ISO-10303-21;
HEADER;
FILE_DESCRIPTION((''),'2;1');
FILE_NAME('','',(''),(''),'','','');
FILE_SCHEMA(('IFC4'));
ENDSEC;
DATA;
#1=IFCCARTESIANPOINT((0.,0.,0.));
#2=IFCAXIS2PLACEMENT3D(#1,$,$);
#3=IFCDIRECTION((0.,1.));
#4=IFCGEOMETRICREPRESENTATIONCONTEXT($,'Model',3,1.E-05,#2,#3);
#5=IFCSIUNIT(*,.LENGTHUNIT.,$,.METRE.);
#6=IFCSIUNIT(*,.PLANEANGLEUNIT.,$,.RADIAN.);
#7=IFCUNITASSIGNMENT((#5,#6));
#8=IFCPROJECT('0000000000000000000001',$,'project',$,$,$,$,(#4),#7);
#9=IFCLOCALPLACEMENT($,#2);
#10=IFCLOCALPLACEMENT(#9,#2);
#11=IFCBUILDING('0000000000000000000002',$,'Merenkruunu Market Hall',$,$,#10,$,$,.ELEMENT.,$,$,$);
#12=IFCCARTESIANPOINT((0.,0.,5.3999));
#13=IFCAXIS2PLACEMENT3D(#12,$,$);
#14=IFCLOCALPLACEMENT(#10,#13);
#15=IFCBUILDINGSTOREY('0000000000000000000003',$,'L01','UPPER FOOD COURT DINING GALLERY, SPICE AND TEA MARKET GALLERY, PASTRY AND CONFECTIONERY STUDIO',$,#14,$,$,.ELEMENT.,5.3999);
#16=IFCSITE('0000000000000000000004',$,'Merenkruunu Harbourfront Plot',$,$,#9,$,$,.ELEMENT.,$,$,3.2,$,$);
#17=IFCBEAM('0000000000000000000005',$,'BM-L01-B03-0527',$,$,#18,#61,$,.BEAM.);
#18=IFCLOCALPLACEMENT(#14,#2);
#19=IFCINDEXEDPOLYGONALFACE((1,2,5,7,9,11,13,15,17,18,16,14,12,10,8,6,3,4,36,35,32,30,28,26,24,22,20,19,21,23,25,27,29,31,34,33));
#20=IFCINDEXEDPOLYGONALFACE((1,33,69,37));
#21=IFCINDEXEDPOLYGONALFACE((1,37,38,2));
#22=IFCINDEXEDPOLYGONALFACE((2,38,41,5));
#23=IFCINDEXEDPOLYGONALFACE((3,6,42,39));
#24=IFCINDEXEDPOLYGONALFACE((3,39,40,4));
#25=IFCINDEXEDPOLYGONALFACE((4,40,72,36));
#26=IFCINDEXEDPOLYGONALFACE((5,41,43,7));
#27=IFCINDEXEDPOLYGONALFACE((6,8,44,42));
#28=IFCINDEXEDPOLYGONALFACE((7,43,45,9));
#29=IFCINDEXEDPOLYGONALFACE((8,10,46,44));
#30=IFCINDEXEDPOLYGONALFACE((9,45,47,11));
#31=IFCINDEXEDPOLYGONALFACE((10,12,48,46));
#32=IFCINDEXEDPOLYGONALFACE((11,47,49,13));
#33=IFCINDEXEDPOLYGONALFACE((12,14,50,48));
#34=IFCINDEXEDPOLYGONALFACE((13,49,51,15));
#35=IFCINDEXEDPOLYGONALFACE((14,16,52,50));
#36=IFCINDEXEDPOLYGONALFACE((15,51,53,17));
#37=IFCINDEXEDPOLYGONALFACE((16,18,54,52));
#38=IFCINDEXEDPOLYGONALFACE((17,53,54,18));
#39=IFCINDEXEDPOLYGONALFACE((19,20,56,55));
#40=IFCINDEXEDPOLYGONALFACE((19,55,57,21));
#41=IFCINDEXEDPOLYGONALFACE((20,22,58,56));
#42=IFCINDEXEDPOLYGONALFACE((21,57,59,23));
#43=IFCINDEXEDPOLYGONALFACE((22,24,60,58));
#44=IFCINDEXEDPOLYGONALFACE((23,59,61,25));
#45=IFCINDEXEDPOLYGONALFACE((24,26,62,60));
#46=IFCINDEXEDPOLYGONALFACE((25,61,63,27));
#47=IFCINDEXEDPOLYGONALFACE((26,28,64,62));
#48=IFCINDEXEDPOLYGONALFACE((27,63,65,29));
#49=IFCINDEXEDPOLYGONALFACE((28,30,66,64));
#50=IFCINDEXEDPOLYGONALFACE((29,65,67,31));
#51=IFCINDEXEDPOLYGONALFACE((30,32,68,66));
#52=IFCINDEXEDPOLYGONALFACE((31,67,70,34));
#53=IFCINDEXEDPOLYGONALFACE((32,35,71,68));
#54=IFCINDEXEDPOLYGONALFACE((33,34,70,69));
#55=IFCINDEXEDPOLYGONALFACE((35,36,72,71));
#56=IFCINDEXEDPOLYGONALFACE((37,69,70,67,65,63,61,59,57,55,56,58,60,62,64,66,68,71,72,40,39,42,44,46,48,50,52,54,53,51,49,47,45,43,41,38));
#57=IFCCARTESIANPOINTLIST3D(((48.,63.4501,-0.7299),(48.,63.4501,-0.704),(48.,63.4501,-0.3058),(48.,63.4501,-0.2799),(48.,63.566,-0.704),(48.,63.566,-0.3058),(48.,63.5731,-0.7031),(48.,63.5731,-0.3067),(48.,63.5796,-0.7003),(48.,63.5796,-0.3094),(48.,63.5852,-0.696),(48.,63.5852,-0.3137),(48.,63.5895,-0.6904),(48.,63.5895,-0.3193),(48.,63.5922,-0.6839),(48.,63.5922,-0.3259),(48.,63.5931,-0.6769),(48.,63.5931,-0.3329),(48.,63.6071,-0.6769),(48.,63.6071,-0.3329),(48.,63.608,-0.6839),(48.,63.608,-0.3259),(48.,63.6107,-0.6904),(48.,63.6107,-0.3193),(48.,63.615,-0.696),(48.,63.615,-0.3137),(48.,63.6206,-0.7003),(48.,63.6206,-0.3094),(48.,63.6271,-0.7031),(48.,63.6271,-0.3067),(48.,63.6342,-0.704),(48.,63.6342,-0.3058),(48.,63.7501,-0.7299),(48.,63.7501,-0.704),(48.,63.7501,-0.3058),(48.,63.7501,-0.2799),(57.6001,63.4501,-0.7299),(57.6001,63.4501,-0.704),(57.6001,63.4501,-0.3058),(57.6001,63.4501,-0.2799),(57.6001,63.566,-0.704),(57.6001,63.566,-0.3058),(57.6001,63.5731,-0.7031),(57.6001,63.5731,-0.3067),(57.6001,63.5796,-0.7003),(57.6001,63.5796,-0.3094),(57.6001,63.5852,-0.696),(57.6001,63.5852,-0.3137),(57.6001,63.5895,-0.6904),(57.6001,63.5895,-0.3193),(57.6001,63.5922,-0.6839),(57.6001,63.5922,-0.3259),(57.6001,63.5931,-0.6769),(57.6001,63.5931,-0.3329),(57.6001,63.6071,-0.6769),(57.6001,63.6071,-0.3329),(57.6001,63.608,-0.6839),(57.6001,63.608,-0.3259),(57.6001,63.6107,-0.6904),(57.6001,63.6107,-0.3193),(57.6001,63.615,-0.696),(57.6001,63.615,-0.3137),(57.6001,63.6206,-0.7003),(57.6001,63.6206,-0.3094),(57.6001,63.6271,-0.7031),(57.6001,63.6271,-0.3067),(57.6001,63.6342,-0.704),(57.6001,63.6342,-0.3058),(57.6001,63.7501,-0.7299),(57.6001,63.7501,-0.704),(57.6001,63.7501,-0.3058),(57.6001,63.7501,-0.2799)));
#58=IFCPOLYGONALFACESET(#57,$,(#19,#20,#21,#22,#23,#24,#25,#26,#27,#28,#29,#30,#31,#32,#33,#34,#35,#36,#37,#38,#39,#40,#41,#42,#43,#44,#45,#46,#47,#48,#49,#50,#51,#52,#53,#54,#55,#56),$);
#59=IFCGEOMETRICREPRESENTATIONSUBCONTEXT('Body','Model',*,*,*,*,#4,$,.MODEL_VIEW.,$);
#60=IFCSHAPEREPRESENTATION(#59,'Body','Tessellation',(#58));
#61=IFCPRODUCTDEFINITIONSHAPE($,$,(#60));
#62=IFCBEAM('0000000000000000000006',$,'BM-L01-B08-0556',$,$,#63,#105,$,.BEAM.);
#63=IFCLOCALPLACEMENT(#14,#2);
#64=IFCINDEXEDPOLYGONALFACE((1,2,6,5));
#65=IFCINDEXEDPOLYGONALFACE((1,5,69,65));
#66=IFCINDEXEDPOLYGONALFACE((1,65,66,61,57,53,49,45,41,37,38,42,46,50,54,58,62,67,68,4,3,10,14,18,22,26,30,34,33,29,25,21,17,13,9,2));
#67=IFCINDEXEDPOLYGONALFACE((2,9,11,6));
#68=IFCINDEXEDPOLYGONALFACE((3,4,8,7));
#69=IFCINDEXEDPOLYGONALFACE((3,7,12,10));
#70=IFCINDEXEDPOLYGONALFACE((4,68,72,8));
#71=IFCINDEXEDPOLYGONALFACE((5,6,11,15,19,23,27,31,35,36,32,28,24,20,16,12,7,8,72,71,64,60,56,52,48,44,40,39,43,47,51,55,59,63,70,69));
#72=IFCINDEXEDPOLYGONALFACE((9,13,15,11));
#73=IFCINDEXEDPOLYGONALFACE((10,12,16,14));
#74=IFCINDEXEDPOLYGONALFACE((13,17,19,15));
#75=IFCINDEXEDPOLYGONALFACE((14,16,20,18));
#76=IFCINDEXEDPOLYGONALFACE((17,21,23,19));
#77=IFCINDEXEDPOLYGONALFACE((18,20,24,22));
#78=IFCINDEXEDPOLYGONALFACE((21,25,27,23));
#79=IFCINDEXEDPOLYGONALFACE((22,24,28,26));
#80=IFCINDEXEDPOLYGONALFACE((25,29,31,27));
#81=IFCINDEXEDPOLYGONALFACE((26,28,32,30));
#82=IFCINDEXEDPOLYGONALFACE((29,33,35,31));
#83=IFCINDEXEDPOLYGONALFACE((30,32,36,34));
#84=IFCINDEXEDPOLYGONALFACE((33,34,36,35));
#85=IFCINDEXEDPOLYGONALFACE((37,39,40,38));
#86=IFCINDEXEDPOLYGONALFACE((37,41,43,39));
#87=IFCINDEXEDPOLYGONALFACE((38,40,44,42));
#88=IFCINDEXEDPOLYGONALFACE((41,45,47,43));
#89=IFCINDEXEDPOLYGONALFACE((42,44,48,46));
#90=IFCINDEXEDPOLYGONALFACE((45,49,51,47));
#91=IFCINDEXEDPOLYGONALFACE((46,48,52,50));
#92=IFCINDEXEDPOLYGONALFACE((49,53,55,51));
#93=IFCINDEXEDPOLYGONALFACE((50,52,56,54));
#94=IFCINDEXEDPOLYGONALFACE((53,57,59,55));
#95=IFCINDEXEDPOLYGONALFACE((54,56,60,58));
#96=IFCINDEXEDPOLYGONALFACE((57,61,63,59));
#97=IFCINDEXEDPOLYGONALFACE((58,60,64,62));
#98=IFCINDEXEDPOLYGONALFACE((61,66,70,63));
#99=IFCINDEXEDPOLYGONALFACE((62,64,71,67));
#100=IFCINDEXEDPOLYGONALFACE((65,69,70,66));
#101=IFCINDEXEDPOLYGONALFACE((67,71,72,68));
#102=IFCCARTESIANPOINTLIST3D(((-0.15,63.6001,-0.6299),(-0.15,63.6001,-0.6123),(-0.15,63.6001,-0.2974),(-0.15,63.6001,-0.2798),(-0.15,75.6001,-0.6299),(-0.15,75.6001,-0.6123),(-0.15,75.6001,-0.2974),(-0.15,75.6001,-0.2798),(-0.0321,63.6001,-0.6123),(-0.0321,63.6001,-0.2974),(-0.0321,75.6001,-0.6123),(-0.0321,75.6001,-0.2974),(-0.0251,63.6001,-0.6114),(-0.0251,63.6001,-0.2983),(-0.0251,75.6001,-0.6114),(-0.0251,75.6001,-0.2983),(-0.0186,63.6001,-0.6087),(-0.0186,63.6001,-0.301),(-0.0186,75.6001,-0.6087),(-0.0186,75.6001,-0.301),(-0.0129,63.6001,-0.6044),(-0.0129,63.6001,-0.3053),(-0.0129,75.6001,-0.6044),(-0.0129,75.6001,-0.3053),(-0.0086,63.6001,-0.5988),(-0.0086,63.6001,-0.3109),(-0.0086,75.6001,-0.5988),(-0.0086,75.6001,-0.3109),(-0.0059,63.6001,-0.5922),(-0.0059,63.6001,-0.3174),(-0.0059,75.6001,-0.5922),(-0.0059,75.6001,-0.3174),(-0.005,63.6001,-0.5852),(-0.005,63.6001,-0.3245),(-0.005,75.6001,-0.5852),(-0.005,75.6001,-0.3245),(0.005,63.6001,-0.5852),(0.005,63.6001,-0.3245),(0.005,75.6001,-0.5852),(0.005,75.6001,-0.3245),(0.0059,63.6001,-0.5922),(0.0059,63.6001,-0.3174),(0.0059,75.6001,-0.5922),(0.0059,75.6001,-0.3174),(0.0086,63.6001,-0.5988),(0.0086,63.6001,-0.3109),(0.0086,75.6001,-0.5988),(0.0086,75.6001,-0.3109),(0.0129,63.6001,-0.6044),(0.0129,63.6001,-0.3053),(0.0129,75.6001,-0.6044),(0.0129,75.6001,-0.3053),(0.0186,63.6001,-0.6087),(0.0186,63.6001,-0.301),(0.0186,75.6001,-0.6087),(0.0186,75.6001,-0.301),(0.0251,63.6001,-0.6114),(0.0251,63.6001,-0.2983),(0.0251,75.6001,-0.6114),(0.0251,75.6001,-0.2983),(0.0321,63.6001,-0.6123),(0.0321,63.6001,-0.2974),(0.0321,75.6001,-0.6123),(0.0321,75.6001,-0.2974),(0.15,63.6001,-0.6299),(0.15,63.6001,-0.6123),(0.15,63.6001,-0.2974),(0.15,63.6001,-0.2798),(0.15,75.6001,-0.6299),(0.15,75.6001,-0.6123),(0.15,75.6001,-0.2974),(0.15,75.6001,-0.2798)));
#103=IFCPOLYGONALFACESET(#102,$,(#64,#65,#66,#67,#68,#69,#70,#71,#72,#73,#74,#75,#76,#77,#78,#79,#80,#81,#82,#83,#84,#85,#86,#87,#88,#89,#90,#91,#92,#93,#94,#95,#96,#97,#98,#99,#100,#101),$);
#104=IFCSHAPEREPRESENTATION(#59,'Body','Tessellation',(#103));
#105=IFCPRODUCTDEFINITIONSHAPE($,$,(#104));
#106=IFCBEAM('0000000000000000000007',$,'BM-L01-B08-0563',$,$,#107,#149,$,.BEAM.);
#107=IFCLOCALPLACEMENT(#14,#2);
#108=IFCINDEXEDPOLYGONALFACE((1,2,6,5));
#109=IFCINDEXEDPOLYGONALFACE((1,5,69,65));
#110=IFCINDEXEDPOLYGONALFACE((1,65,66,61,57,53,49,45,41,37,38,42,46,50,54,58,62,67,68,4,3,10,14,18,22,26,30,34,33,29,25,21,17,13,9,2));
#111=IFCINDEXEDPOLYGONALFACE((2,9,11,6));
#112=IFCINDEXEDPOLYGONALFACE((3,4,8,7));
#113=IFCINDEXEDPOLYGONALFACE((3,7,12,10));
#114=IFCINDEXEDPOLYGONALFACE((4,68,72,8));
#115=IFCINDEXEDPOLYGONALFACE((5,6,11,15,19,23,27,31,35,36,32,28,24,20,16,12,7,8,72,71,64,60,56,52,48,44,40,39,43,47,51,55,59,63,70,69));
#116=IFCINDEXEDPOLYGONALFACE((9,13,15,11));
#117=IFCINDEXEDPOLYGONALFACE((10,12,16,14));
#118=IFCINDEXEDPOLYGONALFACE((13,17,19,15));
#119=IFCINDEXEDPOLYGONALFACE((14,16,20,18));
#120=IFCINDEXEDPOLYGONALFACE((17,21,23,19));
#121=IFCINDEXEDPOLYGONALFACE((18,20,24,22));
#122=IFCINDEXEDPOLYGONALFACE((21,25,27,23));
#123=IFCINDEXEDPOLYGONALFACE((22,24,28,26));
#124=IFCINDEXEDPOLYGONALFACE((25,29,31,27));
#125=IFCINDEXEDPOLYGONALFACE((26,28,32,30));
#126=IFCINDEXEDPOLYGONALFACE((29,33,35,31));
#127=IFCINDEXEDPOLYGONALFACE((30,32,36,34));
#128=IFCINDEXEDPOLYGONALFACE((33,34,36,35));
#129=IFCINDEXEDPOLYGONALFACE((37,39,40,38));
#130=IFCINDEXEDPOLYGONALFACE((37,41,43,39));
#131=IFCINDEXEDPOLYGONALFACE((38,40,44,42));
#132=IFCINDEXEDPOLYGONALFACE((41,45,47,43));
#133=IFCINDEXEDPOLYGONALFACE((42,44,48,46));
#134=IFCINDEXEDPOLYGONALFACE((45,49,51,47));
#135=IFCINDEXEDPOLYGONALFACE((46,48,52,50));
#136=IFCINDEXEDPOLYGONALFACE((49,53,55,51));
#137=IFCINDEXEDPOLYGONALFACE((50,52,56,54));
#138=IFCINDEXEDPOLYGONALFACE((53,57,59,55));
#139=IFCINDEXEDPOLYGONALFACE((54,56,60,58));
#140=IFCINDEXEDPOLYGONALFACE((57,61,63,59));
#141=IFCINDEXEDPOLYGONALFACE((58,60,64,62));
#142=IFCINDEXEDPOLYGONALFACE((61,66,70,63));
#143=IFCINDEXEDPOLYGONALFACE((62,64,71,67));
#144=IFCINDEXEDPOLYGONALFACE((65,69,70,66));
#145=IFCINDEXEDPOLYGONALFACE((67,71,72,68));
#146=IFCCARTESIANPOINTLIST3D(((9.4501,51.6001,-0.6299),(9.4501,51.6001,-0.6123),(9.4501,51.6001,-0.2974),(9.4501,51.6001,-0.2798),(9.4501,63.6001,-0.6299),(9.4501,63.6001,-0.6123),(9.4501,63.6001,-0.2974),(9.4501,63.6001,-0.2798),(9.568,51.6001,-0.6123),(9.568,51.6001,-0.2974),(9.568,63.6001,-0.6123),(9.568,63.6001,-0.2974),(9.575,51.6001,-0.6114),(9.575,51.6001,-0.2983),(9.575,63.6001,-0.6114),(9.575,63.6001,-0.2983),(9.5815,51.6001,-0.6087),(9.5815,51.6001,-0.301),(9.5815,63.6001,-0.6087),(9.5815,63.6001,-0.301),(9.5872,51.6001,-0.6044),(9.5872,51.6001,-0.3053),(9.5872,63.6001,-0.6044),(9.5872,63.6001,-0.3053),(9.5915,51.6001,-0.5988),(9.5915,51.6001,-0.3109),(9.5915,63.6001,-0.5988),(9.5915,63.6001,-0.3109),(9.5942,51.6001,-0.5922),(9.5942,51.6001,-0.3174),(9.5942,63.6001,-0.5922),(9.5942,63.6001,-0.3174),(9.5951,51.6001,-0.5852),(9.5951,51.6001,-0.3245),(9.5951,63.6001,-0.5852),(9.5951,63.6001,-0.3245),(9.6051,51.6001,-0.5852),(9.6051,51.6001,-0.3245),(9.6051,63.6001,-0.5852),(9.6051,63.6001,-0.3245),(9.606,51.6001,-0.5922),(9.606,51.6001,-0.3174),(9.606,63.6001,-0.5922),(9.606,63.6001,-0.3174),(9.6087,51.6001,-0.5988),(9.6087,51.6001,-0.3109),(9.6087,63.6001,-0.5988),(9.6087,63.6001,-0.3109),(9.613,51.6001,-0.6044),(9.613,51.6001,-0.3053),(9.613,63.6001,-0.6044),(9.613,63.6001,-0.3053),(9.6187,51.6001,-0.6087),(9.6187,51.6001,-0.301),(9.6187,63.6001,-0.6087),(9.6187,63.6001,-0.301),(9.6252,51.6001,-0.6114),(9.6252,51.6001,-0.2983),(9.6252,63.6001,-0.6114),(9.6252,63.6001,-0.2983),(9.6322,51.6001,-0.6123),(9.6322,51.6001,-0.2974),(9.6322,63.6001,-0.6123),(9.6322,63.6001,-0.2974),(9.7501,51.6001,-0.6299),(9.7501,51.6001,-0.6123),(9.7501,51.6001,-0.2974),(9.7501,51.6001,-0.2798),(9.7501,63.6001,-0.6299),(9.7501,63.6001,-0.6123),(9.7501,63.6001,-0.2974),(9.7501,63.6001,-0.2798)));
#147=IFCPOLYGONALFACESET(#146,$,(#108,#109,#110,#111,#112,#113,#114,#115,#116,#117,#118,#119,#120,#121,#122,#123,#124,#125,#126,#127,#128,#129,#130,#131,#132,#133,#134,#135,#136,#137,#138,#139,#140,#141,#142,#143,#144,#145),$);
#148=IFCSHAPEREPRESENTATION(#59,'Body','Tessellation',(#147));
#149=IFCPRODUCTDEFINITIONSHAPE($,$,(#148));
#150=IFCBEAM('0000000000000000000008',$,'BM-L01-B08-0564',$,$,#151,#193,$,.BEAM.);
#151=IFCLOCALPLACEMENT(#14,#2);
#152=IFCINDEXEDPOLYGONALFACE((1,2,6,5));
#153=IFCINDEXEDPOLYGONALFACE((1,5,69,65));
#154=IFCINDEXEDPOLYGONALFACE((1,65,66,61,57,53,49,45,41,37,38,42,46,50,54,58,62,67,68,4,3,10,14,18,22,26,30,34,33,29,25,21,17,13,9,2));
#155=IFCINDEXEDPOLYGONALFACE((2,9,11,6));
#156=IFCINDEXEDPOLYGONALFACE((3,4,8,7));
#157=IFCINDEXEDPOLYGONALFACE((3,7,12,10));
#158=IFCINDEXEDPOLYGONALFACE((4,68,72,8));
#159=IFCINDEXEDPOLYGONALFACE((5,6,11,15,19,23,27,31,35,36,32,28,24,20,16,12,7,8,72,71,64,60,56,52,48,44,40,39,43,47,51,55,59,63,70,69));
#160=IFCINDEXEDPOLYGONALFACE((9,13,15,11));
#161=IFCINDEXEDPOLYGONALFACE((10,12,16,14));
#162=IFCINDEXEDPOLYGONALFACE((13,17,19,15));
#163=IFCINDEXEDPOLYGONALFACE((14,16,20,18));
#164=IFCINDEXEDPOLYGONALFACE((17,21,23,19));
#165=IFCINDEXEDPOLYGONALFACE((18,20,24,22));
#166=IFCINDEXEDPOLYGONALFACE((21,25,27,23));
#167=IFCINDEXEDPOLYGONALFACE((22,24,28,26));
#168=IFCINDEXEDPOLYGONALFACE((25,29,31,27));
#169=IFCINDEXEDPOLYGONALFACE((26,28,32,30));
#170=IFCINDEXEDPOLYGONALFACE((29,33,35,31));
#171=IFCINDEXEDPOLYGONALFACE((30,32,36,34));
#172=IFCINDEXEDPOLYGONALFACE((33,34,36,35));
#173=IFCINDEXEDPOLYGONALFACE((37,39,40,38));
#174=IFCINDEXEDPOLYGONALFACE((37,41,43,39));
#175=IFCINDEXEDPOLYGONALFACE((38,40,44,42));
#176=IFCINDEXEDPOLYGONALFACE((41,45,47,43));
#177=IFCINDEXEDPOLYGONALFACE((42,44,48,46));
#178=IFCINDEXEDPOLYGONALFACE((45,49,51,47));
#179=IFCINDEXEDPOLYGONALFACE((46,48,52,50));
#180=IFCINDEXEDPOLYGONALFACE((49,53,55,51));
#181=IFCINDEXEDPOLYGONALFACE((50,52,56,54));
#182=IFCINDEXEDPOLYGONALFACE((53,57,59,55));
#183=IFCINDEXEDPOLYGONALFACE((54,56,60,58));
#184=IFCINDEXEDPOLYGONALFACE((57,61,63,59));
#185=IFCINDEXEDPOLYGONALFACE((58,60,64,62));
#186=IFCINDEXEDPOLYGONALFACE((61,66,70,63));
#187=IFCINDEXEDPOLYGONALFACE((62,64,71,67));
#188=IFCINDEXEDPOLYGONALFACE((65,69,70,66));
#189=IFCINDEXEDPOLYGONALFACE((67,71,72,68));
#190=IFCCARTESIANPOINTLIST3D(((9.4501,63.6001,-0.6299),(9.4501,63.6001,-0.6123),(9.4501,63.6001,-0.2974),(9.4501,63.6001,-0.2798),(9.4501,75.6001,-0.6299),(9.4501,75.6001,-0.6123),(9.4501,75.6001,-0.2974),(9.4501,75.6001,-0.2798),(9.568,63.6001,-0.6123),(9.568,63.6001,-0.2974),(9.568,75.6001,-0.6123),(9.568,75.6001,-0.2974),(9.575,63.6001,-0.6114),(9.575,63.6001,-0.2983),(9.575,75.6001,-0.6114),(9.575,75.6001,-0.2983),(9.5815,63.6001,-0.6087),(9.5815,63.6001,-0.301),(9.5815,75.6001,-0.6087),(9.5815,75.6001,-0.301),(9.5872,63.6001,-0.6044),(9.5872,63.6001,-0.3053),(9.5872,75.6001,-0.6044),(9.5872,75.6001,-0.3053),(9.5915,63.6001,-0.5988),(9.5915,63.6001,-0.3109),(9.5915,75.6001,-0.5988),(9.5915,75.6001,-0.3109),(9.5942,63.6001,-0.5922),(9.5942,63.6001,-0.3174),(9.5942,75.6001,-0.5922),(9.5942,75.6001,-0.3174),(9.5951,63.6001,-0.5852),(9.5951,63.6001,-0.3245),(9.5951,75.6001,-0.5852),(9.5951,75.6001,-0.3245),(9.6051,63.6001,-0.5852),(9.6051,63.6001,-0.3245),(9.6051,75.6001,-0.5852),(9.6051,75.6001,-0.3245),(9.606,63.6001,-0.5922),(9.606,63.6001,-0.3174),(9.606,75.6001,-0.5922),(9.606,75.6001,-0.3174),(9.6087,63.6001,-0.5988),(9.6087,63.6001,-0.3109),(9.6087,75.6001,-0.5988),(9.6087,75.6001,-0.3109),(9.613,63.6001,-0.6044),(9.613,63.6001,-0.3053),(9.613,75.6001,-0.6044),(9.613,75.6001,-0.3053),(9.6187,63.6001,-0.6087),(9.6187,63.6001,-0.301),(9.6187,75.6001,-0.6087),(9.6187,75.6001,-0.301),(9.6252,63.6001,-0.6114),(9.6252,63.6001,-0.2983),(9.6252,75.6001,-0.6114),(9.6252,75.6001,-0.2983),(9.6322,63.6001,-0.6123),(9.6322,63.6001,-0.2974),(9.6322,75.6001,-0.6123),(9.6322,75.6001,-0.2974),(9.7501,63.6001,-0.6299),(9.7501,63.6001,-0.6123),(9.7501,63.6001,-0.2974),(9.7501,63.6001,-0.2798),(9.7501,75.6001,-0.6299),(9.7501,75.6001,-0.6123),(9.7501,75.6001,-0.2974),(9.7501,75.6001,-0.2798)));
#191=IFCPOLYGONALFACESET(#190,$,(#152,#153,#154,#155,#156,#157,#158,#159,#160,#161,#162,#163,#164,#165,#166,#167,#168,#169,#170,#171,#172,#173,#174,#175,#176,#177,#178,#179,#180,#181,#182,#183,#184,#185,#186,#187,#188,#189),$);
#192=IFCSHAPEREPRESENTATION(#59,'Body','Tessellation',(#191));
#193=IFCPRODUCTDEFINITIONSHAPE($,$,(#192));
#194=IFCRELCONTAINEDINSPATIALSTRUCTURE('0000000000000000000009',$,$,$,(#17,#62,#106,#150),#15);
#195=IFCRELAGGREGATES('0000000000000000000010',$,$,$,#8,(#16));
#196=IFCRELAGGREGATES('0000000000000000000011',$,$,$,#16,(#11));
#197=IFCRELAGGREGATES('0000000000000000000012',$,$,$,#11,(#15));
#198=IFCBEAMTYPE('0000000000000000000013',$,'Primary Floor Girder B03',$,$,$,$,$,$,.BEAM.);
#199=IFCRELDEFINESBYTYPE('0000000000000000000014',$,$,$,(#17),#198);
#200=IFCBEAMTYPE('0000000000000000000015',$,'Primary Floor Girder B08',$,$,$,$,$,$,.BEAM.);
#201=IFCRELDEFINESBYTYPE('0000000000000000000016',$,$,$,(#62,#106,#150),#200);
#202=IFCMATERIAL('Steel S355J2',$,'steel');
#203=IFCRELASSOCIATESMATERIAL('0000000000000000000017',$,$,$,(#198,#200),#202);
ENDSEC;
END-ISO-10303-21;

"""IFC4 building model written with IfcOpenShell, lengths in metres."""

from ifc_helpers import new_model, si_unit, direction, frame, origin, origin_2d, place, context, subcontext, project, spatial, i_section, extrude, material, material_profile, profile_set, type_object, element, save


model = new_model("IFC4")

# Units and contexts
model_context = context("Model", 3, precision=1e-05, world=origin(), true_north=direction((0.0, 1.0)))
body_context = subcontext(model_context, "Body", "Model", "MODEL_VIEW")
ifc_project = project(units=[si_unit("LENGTHUNIT", "METRE"), si_unit("PLANEANGLEUNIT", "RADIAN")], contexts=[model_context])

# Site, building, storey
site_placement = place(None, origin())
site = spatial("IfcSite", under=ifc_project, at=site_placement, Name="Merenkruunu Harbourfront Plot", CompositionType="ELEMENT", RefElevation=3.2)
building_placement = place(site_placement, origin())
building = spatial("IfcBuilding", under=site, at=building_placement, Name="Merenkruunu Market Hall", CompositionType="ELEMENT")
storey_placement = place(building_placement, frame((0.0, 0.0, 5.3999)))
storey = spatial("IfcBuildingStorey", under=building, at=storey_placement, Name="L01", Description="UPPER FOOD COURT DINING GALLERY, SPICE AND TEA MARKET GALLERY, PASTRY AND CONFECTIONERY STUDIO", CompositionType="ELEMENT", Elevation=5.3999)

# Shared definitions
ifc_material_1 = material(Name="Steel S355J2", Category="steel")

# Beams
ifc_material_profile_1 = material_profile(ifc_material_1, i_section(OverallWidth=0.3, OverallDepth=0.45, WebThickness=0.0139, FlangeThickness=0.0259, FilletRadius=0.0271, at=origin_2d()), Name="HEB 450")
ifc_profile_set_1 = profile_set([ifc_material_profile_1], Name="Steel S355J2")
beam_type_1 = type_object("IfcBeamType", Name="Primary Floor Girder B03", PredefinedType="BEAM", material=ifc_profile_set_1)
for number, where, z_axis, x_axis, name in (
    (1, (48.0, 63.6001, -0.5049), (1.0, 0.0, 0.0), (0.0, 1.0, 0.0), "BM-L01-B03-0527"),
):
    element("IfcBeam", number, at=place(storey_placement, frame(where, z_axis=z_axis, x_axis=x_axis)), inside=storey, type_object=beam_type_1, Name=name, PredefinedType="BEAM", context=body_context, shape_type="SweptSolid", body=[
        extrude(i_section(OverallWidth=0.3, OverallDepth=0.45, WebThickness=0.0139, FlangeThickness=0.0259, FilletRadius=0.0271, at=origin_2d()), origin(), (0.0, 0.0, 1.0), 9.6001),
    ])
ifc_material_profile_2 = material_profile(ifc_material_1, i_section(OverallWidth=0.3, OverallDepth=0.3501, WebThickness=0.01, FlangeThickness=0.0176, FilletRadius=0.0271, at=origin_2d()), Name="HEA 360")
ifc_profile_set_2 = profile_set([ifc_material_profile_2], Name="Steel S355J2")
beam_type_2 = type_object("IfcBeamType", Name="Primary Floor Girder B08", PredefinedType="BEAM", material=ifc_profile_set_2)
for number, where, z_axis, x_axis, name in (
    (2, (0.0, 63.6001, -0.4548), (0.0, 1.0, 0.0), (-1.0, 0.0, 0.0), "BM-L01-B08-0556"),
    (3, (9.6001, 51.6001, -0.4548), (0.0, 1.0, 0.0), (-1.0, 0.0, 0.0), "BM-L01-B08-0563"),
    (4, (9.6001, 63.6001, -0.4548), (0.0, 1.0, 0.0), (-1.0, 0.0, 0.0), "BM-L01-B08-0564"),
):
    element("IfcBeam", number, at=place(storey_placement, frame(where, z_axis=z_axis, x_axis=x_axis)), inside=storey, type_object=beam_type_2, Name=name, PredefinedType="BEAM", context=body_context, shape_type="SweptSolid", body=[
        extrude(i_section(OverallWidth=0.3, OverallDepth=0.3501, WebThickness=0.01, FlangeThickness=0.0176, FilletRadius=0.0271, at=origin_2d()), origin(), (0.0, 0.0, 1.0), 12.0),
    ])

save(model, "model.ifc")
